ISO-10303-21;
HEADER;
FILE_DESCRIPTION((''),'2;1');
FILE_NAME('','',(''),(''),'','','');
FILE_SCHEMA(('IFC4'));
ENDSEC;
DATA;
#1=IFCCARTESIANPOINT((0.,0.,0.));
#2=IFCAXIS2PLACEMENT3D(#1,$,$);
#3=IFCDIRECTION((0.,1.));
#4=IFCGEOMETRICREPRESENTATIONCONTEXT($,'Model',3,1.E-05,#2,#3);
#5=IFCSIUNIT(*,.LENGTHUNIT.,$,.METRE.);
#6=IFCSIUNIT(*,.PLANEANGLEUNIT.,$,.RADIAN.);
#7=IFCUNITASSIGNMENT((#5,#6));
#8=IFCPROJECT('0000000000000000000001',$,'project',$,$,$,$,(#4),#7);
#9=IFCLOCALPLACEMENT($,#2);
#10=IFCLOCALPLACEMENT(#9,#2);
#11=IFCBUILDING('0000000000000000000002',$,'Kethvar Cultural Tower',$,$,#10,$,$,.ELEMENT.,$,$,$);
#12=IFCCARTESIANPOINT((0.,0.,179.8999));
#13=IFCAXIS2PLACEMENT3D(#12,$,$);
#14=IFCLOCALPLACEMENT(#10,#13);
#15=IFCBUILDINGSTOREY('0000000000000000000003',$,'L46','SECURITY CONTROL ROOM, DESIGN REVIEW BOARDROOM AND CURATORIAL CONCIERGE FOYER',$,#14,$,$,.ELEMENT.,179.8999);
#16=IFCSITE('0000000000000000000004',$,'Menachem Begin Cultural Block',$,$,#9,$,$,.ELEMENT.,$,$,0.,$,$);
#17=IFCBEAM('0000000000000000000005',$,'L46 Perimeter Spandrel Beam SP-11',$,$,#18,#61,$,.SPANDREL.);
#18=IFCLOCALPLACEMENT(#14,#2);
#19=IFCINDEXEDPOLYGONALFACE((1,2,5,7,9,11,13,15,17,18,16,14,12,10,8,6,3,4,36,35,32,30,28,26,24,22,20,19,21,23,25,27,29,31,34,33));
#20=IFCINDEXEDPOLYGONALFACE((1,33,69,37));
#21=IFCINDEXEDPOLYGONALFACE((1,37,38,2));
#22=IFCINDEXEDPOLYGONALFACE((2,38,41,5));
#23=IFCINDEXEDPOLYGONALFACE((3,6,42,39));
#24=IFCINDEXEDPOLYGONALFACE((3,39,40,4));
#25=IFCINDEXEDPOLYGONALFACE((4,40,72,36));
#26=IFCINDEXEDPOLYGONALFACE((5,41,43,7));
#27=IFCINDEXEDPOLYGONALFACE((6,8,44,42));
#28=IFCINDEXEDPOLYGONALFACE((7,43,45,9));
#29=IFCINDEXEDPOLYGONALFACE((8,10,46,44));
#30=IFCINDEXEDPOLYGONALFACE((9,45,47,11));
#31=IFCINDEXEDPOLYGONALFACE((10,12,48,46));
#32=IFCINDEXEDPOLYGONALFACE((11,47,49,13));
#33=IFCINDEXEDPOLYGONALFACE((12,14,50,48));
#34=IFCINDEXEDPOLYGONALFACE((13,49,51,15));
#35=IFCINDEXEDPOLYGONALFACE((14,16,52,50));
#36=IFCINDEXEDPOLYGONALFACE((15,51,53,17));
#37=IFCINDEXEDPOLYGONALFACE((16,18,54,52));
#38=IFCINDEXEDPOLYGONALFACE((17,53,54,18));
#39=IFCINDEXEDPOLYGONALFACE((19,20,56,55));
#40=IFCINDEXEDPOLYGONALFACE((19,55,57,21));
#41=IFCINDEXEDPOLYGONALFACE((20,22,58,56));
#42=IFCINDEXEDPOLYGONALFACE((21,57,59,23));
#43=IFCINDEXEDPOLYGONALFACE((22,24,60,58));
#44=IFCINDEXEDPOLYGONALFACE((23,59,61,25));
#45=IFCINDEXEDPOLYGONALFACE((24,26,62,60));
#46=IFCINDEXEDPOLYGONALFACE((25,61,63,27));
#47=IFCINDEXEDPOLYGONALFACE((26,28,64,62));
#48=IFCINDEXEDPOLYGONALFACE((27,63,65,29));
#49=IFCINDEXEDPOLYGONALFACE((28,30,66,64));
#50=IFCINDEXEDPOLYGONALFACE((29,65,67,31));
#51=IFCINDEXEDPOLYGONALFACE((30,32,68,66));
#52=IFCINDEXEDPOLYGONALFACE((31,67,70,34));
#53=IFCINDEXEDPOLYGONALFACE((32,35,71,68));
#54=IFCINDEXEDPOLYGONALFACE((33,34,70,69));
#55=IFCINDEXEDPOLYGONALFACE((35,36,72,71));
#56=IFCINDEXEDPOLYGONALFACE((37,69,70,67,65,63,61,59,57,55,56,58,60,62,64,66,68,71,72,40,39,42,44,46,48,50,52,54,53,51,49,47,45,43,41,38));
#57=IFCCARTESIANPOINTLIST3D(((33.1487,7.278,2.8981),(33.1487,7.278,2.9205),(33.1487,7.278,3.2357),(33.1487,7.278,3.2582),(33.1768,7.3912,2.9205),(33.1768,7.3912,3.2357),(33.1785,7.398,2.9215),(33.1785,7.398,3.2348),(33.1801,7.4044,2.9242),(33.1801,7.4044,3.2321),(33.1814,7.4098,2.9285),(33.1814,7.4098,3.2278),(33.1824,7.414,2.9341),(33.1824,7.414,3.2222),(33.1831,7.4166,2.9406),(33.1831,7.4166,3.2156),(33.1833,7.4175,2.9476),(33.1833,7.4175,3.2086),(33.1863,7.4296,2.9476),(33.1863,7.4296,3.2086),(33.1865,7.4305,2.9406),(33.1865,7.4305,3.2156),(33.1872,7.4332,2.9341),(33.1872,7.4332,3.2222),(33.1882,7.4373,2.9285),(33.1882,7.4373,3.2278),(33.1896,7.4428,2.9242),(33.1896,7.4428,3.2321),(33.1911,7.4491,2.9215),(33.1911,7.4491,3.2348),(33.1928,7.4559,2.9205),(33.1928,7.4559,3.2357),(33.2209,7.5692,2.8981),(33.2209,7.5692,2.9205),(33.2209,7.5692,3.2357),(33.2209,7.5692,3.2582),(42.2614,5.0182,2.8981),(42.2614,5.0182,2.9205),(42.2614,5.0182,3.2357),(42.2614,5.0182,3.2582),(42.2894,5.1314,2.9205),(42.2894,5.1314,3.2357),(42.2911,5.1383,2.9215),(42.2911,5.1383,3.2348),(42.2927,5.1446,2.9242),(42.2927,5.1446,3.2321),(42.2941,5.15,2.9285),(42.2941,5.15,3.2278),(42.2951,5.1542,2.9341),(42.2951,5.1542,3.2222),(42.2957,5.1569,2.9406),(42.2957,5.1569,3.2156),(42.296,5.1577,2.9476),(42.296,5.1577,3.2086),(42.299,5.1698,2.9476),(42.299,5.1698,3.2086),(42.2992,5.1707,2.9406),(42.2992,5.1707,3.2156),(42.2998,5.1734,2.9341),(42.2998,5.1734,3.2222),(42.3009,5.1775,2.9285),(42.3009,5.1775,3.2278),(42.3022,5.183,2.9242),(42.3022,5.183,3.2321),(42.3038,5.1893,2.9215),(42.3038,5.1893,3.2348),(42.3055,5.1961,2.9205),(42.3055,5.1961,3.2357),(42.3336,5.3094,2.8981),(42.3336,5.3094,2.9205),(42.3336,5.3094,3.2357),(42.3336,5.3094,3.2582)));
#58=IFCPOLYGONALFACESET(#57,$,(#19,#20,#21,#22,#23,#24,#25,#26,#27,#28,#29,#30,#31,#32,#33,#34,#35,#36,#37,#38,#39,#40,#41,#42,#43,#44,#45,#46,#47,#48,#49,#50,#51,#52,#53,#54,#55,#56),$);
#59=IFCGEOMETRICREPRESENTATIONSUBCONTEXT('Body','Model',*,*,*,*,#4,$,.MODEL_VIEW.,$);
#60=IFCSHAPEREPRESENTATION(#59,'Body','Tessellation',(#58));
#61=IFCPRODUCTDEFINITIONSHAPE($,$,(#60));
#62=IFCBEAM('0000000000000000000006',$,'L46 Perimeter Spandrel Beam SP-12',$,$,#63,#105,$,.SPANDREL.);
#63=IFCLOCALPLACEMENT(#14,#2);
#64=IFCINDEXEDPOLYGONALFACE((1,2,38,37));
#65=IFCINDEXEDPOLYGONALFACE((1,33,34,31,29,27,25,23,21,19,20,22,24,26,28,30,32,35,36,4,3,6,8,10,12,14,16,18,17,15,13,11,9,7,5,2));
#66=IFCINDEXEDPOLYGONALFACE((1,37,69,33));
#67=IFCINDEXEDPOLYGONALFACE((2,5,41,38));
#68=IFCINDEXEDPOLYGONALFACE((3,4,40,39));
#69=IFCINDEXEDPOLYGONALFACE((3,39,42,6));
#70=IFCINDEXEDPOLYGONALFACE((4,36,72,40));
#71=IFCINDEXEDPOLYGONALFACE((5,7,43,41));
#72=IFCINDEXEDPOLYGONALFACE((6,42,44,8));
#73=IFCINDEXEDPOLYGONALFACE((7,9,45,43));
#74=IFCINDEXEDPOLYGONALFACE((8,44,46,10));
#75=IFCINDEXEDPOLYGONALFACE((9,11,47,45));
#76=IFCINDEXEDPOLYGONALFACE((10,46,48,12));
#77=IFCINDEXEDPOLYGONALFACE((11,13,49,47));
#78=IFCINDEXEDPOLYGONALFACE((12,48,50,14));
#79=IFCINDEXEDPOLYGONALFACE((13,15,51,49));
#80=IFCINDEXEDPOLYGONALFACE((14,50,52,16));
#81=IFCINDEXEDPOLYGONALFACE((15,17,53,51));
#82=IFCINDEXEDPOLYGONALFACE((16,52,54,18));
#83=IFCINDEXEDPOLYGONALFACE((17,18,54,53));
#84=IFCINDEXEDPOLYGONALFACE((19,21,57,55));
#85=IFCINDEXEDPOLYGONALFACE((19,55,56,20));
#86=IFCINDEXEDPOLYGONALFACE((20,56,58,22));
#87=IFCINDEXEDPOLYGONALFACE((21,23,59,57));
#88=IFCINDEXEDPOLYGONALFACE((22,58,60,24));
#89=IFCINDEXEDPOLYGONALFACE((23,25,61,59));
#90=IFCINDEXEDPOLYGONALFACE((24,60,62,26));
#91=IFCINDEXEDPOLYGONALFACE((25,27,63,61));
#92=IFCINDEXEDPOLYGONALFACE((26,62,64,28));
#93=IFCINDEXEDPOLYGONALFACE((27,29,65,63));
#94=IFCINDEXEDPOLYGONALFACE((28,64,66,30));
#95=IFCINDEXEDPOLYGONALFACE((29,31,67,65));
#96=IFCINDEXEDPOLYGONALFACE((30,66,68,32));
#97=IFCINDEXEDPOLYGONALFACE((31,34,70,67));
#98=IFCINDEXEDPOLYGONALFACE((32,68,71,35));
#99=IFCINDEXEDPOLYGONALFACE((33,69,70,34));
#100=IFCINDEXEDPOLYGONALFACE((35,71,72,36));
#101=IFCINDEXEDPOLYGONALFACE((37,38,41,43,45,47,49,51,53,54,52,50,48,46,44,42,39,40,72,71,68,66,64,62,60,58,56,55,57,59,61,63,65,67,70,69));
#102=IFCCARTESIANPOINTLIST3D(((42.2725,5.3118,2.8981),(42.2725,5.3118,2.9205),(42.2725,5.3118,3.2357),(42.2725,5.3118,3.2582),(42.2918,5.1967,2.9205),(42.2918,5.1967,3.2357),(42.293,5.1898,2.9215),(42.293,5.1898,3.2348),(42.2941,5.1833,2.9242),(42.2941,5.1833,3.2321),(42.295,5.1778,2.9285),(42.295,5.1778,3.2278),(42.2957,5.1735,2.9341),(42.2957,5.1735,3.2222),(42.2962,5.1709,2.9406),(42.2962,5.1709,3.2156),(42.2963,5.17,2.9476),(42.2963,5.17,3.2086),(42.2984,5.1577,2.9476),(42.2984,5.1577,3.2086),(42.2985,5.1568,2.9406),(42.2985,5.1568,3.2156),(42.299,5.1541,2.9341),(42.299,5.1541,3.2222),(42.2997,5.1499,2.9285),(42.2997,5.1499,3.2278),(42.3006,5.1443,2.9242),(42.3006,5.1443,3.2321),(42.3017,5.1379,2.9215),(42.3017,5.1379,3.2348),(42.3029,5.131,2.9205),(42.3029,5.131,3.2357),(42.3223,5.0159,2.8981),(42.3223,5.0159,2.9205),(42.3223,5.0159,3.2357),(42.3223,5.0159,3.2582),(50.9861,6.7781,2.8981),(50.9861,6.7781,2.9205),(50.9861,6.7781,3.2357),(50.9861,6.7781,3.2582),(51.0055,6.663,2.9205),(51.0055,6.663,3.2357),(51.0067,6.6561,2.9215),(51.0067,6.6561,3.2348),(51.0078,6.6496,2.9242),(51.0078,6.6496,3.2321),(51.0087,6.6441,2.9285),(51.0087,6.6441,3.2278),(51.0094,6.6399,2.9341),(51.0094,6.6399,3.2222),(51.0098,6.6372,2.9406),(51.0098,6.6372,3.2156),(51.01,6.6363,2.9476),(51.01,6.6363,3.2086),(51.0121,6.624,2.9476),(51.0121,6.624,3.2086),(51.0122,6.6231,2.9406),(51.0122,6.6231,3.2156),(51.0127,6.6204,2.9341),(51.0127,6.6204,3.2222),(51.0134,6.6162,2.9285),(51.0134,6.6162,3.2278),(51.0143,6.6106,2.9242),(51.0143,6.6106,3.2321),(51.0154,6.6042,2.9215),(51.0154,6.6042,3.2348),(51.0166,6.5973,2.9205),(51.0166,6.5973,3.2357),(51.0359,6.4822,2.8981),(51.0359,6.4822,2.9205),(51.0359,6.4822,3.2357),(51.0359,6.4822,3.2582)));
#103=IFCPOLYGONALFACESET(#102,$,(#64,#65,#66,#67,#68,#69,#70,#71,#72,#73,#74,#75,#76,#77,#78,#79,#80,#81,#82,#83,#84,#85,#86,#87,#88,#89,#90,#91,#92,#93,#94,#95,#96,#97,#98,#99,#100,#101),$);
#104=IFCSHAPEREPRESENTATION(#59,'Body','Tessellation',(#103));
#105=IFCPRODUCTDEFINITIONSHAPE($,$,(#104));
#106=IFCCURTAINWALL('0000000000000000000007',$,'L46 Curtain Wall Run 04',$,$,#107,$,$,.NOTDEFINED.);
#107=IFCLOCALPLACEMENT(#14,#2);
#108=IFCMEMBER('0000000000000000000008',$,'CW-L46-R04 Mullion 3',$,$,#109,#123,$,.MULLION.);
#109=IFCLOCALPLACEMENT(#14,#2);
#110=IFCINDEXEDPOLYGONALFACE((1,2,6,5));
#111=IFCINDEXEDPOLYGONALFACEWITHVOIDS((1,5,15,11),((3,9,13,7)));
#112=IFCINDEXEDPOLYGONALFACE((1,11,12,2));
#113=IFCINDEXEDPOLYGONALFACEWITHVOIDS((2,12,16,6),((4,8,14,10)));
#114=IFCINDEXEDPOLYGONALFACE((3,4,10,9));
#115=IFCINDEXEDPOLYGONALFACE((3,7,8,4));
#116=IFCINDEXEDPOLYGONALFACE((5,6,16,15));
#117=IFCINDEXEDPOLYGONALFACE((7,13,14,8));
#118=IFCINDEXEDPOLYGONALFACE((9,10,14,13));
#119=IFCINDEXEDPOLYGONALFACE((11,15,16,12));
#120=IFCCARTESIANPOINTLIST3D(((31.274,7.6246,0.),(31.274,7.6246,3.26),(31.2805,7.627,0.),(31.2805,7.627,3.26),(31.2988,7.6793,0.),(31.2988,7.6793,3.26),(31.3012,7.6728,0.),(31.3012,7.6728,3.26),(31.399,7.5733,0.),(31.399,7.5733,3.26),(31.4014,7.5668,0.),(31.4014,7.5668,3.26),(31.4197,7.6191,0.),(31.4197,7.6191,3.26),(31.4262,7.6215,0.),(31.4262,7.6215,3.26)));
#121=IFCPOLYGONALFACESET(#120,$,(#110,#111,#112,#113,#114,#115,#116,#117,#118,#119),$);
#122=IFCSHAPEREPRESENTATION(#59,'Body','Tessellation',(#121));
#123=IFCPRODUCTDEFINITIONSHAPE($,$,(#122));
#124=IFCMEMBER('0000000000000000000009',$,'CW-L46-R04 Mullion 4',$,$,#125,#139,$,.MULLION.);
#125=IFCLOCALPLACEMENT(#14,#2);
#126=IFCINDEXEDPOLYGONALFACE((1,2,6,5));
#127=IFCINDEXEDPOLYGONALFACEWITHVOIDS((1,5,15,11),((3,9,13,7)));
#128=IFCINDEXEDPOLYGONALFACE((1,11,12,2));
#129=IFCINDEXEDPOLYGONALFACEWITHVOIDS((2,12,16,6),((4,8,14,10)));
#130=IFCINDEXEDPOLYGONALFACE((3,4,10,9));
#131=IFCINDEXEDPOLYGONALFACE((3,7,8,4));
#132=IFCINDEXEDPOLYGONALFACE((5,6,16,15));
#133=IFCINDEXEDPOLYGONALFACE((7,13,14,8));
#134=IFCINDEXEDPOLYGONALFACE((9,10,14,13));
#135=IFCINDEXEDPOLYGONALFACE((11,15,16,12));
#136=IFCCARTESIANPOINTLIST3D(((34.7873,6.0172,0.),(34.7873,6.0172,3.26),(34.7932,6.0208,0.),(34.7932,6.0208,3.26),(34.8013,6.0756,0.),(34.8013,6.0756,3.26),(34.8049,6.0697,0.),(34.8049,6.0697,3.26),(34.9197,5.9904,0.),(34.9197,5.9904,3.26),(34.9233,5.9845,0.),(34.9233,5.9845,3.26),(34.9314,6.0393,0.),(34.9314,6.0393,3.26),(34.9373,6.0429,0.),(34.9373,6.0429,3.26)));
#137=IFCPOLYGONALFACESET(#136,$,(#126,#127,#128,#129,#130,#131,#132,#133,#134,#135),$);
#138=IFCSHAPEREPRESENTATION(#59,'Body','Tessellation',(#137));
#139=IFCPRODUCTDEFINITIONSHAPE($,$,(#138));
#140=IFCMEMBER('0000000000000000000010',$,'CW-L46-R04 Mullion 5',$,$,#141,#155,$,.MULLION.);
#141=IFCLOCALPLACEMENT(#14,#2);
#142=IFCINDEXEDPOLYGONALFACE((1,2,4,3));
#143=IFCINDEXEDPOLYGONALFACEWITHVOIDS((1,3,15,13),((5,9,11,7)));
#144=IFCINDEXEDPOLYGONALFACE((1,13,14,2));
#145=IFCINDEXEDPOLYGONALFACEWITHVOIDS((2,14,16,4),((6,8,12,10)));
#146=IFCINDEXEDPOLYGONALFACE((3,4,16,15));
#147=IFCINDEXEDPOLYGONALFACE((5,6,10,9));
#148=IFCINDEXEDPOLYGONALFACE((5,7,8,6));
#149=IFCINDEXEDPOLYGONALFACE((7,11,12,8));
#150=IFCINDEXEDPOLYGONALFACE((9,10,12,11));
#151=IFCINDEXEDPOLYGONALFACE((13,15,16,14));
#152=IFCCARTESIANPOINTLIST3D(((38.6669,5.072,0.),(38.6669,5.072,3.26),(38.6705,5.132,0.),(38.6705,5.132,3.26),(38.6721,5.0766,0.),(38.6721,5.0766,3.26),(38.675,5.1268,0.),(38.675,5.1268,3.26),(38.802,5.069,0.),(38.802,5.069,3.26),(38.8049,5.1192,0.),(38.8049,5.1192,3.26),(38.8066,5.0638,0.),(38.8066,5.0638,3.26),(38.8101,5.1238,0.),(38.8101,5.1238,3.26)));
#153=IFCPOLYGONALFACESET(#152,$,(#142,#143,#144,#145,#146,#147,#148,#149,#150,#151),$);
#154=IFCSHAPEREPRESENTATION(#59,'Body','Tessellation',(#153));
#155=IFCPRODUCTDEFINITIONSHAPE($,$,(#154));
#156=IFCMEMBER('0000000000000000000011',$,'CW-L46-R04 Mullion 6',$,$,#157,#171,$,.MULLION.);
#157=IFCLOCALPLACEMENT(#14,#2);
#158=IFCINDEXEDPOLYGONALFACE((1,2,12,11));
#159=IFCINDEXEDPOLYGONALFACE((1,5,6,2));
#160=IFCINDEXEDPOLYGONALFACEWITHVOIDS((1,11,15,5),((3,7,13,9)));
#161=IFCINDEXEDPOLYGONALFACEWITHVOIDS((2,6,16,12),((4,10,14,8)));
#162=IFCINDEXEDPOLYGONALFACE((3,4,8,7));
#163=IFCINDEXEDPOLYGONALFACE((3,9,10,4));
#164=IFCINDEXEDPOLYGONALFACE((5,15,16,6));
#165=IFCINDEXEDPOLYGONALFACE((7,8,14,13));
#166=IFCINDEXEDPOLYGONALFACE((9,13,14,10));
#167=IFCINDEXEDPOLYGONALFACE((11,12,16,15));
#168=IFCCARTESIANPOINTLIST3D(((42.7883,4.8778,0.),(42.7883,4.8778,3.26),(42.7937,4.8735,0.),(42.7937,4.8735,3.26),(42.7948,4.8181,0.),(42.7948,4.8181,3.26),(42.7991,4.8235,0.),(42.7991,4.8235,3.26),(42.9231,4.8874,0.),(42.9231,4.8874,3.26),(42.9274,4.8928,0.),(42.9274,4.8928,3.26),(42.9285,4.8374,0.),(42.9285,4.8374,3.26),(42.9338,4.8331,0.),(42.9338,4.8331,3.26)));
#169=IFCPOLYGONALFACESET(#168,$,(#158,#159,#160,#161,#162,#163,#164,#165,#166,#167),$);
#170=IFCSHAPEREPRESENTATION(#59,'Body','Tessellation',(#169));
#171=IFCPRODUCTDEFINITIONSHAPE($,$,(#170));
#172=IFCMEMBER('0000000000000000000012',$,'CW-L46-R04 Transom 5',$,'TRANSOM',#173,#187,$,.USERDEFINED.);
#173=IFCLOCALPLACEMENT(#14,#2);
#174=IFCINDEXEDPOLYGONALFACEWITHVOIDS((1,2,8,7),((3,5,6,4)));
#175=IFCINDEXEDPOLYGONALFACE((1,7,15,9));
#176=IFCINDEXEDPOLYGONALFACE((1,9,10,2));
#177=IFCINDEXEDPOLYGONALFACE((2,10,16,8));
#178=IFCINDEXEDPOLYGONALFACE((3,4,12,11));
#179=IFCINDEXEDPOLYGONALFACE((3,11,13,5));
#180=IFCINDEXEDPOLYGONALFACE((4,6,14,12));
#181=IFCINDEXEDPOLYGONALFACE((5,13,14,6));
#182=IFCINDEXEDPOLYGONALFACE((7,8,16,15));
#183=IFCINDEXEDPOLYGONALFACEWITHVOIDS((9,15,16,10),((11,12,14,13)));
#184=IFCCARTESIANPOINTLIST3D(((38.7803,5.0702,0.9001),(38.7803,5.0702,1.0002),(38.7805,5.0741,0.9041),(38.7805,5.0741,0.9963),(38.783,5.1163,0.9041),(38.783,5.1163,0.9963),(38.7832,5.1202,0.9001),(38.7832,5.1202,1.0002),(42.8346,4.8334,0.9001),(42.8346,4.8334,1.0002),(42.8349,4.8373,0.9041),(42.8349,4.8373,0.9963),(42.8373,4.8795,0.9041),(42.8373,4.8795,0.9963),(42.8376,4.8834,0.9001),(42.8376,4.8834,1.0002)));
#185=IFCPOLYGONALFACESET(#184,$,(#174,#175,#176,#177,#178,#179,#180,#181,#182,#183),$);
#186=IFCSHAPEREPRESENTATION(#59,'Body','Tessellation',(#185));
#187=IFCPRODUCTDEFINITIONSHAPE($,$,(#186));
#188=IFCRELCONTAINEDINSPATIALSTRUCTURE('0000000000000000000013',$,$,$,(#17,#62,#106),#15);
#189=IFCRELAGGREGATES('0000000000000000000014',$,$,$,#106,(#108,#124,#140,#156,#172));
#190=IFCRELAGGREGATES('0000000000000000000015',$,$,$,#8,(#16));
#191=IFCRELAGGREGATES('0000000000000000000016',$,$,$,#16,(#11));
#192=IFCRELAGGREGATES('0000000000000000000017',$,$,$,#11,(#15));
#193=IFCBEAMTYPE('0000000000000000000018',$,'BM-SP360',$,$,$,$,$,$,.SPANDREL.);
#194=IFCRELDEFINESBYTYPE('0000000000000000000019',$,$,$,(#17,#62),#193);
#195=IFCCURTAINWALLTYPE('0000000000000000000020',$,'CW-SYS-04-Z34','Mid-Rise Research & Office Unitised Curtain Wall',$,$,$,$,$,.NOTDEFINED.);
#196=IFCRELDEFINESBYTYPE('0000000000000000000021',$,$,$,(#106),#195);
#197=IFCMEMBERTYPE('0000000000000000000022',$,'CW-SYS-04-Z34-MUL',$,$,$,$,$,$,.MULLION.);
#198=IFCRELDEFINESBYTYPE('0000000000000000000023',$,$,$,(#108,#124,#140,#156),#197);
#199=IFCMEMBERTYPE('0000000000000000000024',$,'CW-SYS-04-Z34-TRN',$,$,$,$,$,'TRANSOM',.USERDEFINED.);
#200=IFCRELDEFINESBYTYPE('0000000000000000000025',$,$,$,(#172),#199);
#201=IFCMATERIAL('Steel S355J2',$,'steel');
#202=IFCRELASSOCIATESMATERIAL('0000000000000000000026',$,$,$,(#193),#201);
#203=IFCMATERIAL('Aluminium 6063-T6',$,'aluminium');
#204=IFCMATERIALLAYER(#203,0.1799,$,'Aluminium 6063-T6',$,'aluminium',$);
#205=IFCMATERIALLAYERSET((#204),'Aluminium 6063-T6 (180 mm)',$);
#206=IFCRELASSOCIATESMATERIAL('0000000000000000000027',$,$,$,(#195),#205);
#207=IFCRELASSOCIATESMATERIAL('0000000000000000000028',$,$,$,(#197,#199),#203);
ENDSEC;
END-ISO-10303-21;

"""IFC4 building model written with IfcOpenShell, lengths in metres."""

from ifc_helpers import new_model, si_unit, direction, frame, origin, origin_2d, place, context, subcontext, project, spatial, hollow_rectangle, i_section, extrude, source, transform, mapped, material, layer, layer_set, material_profile, profile_set, type_object, element, aggregate, save


model = new_model("IFC4")

# Units and contexts
model_context = context("Model", 3, precision=1e-05, world=origin(), true_north=direction((0.0, 1.0)))
body_context = subcontext(model_context, "Body", "Model", "MODEL_VIEW")
ifc_project = project(units=[si_unit("LENGTHUNIT", "METRE"), si_unit("PLANEANGLEUNIT", "RADIAN")], contexts=[model_context])

# Site, building, storey
site_placement = place(None, origin())
site = spatial("IfcSite", under=ifc_project, at=site_placement, Name="Menachem Begin Cultural Block", CompositionType="ELEMENT", RefElevation=0.0)
building_placement = place(site_placement, origin())
building = spatial("IfcBuilding", under=site, at=building_placement, Name="Kethvar Cultural Tower", CompositionType="ELEMENT")
storey_placement = place(building_placement, frame((0.0, 0.0, 179.8999)))
storey = spatial("IfcBuildingStorey", under=building, at=storey_placement, Name="L46", Description="SECURITY CONTROL ROOM, DESIGN REVIEW BOARDROOM AND CURATORIAL CONCIERGE FOYER", CompositionType="ELEMENT", Elevation=179.8999)

# Beams
ifc_material_1 = material(Name="Steel S355J2", Category="steel")
ifc_material_profile_1 = material_profile(ifc_material_1, i_section(OverallWidth=0.3, OverallDepth=0.3601, WebThickness=0.0125, FlangeThickness=0.0225, FilletRadius=0.0271, at=origin_2d()), Name="Steel S355J2 — HEB360")
ifc_profile_set_1 = profile_set([ifc_material_profile_1], Name="Steel S355J2 — HEB360")
beam_type_1 = type_object("IfcBeamType", Name="BM-SP360", PredefinedType="SPANDREL", material=ifc_profile_set_1)
shared_shape_1 = source(origin(), body_context, "Body", "SweptSolid", [
    extrude(i_section(OverallWidth=0.3, OverallDepth=0.3601, WebThickness=0.0125, FlangeThickness=0.0225, FilletRadius=0.0271, at=origin_2d()), origin(), (0.0, 0.0, 1.0), 9.3887),
])
beam_1_placement = place(storey_placement, frame((33.1848, 7.4236, 3.0781), z_axis=(0.970601, -0.240693, 0.0), x_axis=(0.240693, 0.970601, 0.0)))
element("IfcBeam", 1, at=beam_1_placement, inside=storey, type_object=beam_type_1, Name="L46 Perimeter Spandrel Beam SP-11", PredefinedType="SPANDREL", context=body_context, shape_type="MappedRepresentation", body=[
    mapped(shared_shape_1, transform((0.0, 0.0, 0.0), scale=1.0)),
])
shared_shape_2 = source(origin(), body_context, "Body", "SweptSolid", [
    extrude(i_section(OverallWidth=0.3, OverallDepth=0.3601, WebThickness=0.0125, FlangeThickness=0.0225, FilletRadius=0.0271, at=origin_2d()), origin(), (0.0, 0.0, 1.0), 8.8362),
])
beam_2_placement = place(storey_placement, frame((42.2974, 5.1638, 3.0781), z_axis=(0.986135, 0.165945, 0.0), x_axis=(-0.165945, 0.986135, 0.0)))
element("IfcBeam", 2, at=beam_2_placement, inside=storey, type_object=beam_type_1, Name="L46 Perimeter Spandrel Beam SP-12", PredefinedType="SPANDREL", context=body_context, shape_type="MappedRepresentation", body=[
    mapped(shared_shape_2, transform((0.0, 0.0, 0.0), scale=1.0)),
])

# Curtain wall, members
ifc_material_2 = material(Name="Aluminium 6063-T6", Category="aluminium")
ifc_layer_1 = layer(ifc_material_2, 0.1799, Name="Aluminium 6063-T6", Category="aluminium")
ifc_layer_set_1 = layer_set([ifc_layer_1], Name="Aluminium 6063-T6 (180 mm)")
curtain_wall_type = type_object("IfcCurtainWallType", Name="CW-SYS-04-Z34", Description="Mid-Rise Research & Office Unitised Curtain Wall", PredefinedType="NOTDEFINED", material=ifc_layer_set_1)
curtain_wall_placement = place(storey_placement, origin())
curtain_wall = element("IfcCurtainWall", 3, at=curtain_wall_placement, inside=storey, type_object=curtain_wall_type, Name="L46 Curtain Wall Run 04", PredefinedType="NOTDEFINED")
ifc_material_profile_2 = material_profile(ifc_material_2, hollow_rectangle(XDim=0.0601, YDim=0.1399, WallThickness=0.0049, at=origin_2d()), Name="Aluminium 6063-T6 — RHS140x60x5")
ifc_profile_set_2 = profile_set([ifc_material_profile_2], Name="Aluminium 6063-T6 — RHS140x60x5")
member_type_1 = type_object("IfcMemberType", Name="CW-SYS-04-Z34-MUL", PredefinedType="MULLION", material=ifc_profile_set_2)
shared_shape_3 = source(origin(), body_context, "Body", "SweptSolid", [
    extrude(hollow_rectangle(XDim=0.0601, YDim=0.1399, WallThickness=0.0049, at=origin_2d()), origin(), (0.0, 0.0, 1.0), 3.26),
])
member_1_placement = place(storey_placement, frame((31.3501, 7.623, 0.0), z_axis=(0.0, 0.0, 1.0), x_axis=(0.41258, 0.910921, 0.0)))
member_1 = element("IfcMember", 4, at=member_1_placement, type_object=member_type_1, Name="CW-L46-R04 Mullion 3", PredefinedType="MULLION", context=body_context, shape_type="MappedRepresentation", body=[
    mapped(shared_shape_3, transform((0.0, 0.0, 0.0), scale=1.0)),
])
member_2_placement = place(storey_placement, frame((34.8623, 6.03, 0.0), z_axis=(0.0, 0.0, 1.0), x_axis=(0.233411, 0.972378, 0.0)))
member_2 = element("IfcMember", 5, at=member_2_placement, type_object=member_type_1, Name="CW-L46-R04 Mullion 4", PredefinedType="MULLION", context=body_context, shape_type="MappedRepresentation", body=[
    mapped(shared_shape_3, transform((0.0, 0.0, 0.0), scale=1.0)),
])
member_3_placement = place(storey_placement, frame((38.7385, 5.0979, 0.0), z_axis=(0.0, 0.0, 1.0), x_axis=(0.058348, 0.998296, 0.0)))
member_3 = element("IfcMember", 6, at=member_3_placement, type_object=member_type_1, Name="CW-L46-R04 Mullion 5", PredefinedType="MULLION", context=body_context, shape_type="MappedRepresentation", body=[
    mapped(shared_shape_3, transform((0.0, 0.0, 0.0), scale=1.0)),
])
member_4_placement = place(storey_placement, frame((42.8611, 4.8555, 0.0), z_axis=(0.0, 0.0, 1.0), x_axis=(-0.107028, 0.994256, 0.0)))
member_4 = element("IfcMember", 7, at=member_4_placement, type_object=member_type_1, Name="CW-L46-R04 Mullion 6", PredefinedType="MULLION", context=body_context, shape_type="MappedRepresentation", body=[
    mapped(shared_shape_3, transform((0.0, 0.0, 0.0), scale=1.0)),
])
ifc_material_profile_3 = material_profile(ifc_material_2, hollow_rectangle(XDim=0.05, YDim=0.1001, WallThickness=0.0039, at=origin_2d()), Name="Aluminium 6063-T6 — RHS100x50x4")
ifc_profile_set_3 = profile_set([ifc_material_profile_3], Name="Aluminium 6063-T6 — RHS100x50x4")
member_type_2 = type_object("IfcMemberType", Name="CW-SYS-04-Z34-TRN", ElementType="TRANSOM", PredefinedType="USERDEFINED", material=ifc_profile_set_3)
shared_shape_4 = source(origin(), body_context, "Body", "SweptSolid", [
    extrude(hollow_rectangle(XDim=0.05, YDim=0.1001, WallThickness=0.0039, at=origin_2d()), origin(), (0.0, 0.0, 1.0), 4.0613),
])
member_5_placement = place(storey_placement, frame((38.7817, 5.0952, 0.9502), z_axis=(0.998299, -0.05831, 0.0), x_axis=(0.05831, 0.998299, 0.0)))
member_5 = element("IfcMember", 8, at=member_5_placement, type_object=member_type_2, Name="CW-L46-R04 Transom 5", ObjectType="TRANSOM", PredefinedType="USERDEFINED", context=body_context, shape_type="MappedRepresentation", body=[
    mapped(shared_shape_4, transform((0.0, 0.0, 0.0), scale=1.0)),
])
aggregate(curtain_wall, [member_1, member_2, member_3, member_4, member_5])

save(model, "model.ifc")
